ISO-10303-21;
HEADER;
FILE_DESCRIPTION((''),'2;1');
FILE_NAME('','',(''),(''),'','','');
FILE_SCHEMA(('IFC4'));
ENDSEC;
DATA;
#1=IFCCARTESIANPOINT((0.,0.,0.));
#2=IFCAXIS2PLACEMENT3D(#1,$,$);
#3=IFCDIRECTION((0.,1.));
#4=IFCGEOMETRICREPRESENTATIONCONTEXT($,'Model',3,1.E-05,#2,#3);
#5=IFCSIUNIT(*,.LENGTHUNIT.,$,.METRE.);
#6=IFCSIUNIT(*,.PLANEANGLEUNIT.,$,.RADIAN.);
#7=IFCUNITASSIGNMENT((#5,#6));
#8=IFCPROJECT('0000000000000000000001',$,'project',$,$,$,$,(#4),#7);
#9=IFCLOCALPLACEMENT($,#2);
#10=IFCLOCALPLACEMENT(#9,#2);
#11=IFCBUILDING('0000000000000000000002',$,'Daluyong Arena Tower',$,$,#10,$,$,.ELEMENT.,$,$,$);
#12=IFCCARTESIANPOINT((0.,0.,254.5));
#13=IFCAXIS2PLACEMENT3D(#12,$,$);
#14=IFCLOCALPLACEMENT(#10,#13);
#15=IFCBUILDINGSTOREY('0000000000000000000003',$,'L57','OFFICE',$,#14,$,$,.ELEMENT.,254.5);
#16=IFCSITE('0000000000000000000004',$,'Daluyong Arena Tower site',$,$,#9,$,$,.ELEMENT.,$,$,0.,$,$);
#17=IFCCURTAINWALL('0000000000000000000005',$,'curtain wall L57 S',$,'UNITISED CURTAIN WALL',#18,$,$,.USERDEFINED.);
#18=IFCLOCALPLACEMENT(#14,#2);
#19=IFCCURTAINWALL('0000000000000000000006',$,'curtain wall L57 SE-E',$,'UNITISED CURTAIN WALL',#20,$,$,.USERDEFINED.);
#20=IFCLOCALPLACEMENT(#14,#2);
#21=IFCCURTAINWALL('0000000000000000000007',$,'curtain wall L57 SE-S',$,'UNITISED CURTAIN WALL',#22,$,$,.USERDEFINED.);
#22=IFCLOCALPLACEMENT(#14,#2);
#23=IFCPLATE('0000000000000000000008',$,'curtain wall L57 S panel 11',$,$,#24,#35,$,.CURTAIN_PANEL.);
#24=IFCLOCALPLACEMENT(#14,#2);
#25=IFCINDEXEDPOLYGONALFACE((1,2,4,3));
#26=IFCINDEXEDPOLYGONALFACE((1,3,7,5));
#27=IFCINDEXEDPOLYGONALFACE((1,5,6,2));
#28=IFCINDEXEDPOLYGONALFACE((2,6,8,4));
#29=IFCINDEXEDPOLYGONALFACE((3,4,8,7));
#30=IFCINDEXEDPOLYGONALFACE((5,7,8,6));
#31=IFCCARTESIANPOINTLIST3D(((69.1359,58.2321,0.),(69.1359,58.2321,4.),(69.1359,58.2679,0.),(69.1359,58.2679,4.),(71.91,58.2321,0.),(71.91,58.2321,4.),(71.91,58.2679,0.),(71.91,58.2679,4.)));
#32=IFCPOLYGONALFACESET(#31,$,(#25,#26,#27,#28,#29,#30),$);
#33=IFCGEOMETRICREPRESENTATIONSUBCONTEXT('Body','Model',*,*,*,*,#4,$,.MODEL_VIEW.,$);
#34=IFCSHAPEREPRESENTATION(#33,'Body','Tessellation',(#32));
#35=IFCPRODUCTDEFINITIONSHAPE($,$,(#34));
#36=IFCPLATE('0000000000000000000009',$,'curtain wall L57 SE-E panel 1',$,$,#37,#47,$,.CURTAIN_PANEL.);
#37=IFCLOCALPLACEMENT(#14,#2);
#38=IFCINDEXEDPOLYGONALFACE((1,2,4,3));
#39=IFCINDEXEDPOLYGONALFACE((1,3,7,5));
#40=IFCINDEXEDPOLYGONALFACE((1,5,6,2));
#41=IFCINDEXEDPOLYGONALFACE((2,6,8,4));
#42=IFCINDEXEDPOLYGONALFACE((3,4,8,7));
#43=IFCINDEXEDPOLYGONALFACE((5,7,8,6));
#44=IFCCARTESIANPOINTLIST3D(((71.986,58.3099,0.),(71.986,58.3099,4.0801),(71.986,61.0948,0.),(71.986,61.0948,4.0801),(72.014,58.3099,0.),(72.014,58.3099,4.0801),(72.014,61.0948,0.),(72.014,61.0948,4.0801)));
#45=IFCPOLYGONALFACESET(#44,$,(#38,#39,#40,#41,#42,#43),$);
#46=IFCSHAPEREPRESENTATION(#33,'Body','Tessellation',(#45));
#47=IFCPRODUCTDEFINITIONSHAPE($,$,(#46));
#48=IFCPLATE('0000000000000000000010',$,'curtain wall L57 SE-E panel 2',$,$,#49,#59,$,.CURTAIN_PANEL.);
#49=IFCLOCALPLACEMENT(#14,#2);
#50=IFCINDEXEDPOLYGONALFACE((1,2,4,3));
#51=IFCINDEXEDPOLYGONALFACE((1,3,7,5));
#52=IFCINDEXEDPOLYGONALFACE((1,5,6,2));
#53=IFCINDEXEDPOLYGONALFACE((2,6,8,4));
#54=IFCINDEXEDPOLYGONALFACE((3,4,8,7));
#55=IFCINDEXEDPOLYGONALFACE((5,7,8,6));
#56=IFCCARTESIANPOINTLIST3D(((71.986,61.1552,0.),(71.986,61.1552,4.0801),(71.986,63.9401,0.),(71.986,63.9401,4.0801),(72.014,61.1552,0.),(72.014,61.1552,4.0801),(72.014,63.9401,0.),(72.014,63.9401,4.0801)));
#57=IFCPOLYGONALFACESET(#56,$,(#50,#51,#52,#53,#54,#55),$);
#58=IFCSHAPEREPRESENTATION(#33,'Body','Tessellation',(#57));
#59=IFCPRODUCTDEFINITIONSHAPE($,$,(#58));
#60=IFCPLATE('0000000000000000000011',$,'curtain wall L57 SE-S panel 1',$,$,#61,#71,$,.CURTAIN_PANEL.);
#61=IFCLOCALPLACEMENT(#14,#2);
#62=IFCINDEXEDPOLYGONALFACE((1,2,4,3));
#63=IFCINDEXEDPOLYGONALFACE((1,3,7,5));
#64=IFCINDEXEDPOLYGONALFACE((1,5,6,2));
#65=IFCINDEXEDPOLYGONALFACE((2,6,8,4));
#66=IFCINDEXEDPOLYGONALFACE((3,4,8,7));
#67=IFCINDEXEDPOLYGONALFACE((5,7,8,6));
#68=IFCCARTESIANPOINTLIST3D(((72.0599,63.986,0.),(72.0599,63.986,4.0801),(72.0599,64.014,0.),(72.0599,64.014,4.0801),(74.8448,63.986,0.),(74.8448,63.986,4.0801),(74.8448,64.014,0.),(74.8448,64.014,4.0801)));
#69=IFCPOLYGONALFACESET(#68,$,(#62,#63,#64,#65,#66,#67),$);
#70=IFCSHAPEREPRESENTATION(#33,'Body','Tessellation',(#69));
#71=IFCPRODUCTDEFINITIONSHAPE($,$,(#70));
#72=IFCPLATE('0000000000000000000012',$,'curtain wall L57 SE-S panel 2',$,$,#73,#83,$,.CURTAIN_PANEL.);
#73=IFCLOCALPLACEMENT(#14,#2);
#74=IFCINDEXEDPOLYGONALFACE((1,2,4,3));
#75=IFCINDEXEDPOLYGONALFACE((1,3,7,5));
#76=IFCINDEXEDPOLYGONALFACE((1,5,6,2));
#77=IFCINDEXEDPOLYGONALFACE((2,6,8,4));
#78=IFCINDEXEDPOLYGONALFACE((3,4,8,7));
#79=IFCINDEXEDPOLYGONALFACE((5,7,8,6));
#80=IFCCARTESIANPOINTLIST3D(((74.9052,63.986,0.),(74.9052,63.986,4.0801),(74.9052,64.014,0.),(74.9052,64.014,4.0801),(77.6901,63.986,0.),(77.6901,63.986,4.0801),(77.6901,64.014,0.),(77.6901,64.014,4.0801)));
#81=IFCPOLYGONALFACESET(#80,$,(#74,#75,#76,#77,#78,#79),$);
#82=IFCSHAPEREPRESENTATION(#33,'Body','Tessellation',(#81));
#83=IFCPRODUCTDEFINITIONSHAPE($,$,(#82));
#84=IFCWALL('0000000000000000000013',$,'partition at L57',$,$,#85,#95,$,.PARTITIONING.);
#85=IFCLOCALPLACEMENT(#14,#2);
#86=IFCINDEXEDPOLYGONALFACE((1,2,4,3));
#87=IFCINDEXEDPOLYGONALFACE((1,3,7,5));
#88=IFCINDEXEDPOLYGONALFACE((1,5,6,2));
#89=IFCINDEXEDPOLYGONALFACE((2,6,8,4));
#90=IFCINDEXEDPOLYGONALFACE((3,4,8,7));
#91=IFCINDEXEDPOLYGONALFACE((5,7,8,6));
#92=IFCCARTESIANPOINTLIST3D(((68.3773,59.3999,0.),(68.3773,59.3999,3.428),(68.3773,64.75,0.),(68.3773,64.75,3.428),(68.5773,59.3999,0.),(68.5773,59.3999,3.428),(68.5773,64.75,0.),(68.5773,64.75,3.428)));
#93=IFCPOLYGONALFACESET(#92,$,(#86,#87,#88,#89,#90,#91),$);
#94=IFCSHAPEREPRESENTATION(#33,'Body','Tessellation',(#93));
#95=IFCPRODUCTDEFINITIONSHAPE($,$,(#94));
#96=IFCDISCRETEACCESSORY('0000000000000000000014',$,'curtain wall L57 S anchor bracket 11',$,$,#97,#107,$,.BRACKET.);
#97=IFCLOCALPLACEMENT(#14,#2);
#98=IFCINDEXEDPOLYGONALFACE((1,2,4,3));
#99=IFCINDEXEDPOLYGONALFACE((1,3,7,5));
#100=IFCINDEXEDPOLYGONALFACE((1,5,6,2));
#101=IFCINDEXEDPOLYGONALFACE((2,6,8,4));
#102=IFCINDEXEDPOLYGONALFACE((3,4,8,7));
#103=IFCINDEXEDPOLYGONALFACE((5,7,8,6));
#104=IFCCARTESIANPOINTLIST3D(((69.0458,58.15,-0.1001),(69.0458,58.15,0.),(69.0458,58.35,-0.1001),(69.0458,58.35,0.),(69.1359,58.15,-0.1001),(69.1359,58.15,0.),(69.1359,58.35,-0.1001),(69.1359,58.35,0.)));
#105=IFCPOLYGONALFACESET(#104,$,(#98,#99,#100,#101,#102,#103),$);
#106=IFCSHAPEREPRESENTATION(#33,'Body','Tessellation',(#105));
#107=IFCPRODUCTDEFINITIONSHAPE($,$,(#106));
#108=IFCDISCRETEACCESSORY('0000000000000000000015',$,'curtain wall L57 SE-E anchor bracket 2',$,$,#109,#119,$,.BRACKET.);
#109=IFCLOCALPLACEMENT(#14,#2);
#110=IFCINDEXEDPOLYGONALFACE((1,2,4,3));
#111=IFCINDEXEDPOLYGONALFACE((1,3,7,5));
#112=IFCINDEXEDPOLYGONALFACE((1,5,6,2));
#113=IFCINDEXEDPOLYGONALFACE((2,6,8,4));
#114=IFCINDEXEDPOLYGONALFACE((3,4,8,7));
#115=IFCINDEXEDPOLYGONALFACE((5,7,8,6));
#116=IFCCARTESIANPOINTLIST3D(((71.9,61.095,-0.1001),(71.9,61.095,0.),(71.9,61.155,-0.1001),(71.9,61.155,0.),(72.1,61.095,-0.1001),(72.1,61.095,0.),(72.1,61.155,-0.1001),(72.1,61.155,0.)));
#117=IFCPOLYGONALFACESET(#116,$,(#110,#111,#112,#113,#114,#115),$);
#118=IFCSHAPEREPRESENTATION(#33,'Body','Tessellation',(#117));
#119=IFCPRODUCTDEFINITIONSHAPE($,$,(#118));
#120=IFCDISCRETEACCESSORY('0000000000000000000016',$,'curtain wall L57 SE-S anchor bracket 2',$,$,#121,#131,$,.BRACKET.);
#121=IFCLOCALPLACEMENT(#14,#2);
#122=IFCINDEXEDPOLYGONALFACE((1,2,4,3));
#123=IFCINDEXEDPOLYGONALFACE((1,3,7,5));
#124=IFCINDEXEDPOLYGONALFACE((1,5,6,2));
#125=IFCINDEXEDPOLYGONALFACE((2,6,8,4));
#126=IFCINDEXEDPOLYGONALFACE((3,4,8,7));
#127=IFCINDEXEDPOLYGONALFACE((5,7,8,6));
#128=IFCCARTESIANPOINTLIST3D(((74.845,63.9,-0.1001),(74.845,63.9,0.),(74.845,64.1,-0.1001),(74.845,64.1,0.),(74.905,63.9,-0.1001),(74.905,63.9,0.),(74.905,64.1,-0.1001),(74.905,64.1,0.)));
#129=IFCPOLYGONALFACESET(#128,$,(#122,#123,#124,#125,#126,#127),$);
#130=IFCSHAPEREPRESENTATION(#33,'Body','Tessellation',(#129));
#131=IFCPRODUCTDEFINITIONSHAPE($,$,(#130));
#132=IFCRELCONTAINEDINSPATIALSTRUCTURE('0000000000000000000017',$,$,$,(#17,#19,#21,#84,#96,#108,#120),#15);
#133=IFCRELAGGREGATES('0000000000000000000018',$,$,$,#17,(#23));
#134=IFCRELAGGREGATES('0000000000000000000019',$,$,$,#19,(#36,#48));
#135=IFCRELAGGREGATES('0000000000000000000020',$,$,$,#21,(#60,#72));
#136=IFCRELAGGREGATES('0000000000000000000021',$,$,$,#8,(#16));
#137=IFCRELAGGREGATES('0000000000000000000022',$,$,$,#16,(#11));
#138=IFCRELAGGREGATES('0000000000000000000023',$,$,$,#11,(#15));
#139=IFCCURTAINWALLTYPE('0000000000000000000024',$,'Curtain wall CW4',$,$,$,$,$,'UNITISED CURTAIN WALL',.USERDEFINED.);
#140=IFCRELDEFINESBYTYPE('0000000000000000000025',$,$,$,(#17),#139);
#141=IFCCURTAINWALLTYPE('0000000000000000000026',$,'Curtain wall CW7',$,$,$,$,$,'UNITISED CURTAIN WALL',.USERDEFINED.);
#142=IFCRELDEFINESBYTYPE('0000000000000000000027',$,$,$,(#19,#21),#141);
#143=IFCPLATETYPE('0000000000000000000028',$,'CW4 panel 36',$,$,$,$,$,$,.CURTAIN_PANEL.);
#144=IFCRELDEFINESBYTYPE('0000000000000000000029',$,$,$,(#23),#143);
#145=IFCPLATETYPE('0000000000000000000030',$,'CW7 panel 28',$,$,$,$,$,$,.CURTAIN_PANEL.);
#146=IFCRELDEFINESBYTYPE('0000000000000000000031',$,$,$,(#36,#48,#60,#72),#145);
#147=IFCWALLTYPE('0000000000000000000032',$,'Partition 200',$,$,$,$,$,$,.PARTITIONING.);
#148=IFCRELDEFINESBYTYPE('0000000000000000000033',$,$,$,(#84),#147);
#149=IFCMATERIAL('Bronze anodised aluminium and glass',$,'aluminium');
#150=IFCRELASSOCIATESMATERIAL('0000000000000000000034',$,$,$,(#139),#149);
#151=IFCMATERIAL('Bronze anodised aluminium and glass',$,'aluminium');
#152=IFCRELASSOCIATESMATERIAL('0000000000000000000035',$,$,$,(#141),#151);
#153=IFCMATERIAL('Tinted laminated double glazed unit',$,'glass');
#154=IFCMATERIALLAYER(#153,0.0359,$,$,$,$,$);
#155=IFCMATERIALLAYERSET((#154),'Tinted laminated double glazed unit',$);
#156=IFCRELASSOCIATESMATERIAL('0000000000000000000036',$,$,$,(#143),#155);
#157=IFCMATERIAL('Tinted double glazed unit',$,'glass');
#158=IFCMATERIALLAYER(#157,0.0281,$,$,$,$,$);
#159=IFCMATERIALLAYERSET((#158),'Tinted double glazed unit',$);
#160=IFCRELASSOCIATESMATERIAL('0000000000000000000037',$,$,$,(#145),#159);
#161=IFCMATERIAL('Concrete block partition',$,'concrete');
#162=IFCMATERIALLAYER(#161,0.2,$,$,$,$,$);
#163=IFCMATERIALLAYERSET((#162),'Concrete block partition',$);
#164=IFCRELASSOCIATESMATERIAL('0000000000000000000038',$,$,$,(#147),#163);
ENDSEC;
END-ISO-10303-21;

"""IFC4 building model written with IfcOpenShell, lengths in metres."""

from ifc_helpers import new_model, si_unit, direction, frame, frame_2d, origin, origin_2d, place, context, subcontext, project, spatial, rectangle, extrude, material, layer, layer_set, type_object, element, aggregate, save


model = new_model("IFC4")

# Units and contexts
model_context = context("Model", 3, precision=1e-05, world=origin(), true_north=direction((0.0, 1.0)))
body_context = subcontext(model_context, "Body", "Model", "MODEL_VIEW")
ifc_project = project(units=[si_unit("LENGTHUNIT", "METRE"), si_unit("PLANEANGLEUNIT", "RADIAN")], contexts=[model_context])

# Site, building, storey
site_placement = place(None, origin())
site = spatial("IfcSite", under=ifc_project, at=site_placement, Name="Daluyong Arena Tower site", CompositionType="ELEMENT", RefElevation=0.0)
building_placement = place(site_placement, origin())
building = spatial("IfcBuilding", under=site, at=building_placement, Name="Daluyong Arena Tower", CompositionType="ELEMENT")
storey_placement = place(building_placement, frame((0.0, 0.0, 254.5)))
storey = spatial("IfcBuildingStorey", under=building, at=storey_placement, Name="L57", Description="OFFICE", CompositionType="ELEMENT", Elevation=254.5)

# Curtain wall
ifc_material_1 = material(Name="Bronze anodised aluminium and glass", Category="aluminium")
curtain_wall_type_1 = type_object("IfcCurtainWallType", Name="Curtain wall CW4", ElementType="UNITISED CURTAIN WALL", PredefinedType="USERDEFINED", material=ifc_material_1)
curtain_wall_1_placement = place(storey_placement, origin())
curtain_wall_1 = element("IfcCurtainWall", 1, at=curtain_wall_1_placement, inside=storey, type_object=curtain_wall_type_1, Name="curtain wall L57 S", ObjectType="UNITISED CURTAIN WALL", PredefinedType="USERDEFINED")

# Curtain walls
ifc_material_2 = material(Name="Bronze anodised aluminium and glass", Category="aluminium")
curtain_wall_type_2 = type_object("IfcCurtainWallType", Name="Curtain wall CW7", ElementType="UNITISED CURTAIN WALL", PredefinedType="USERDEFINED", material=ifc_material_2)
curtain_wall_2_placement = place(storey_placement, origin())
curtain_wall_2 = element("IfcCurtainWall", 2, at=curtain_wall_2_placement, inside=storey, type_object=curtain_wall_type_2, Name="curtain wall L57 SE-E", ObjectType="UNITISED CURTAIN WALL", PredefinedType="USERDEFINED")
curtain_wall_3_placement = place(storey_placement, origin())
curtain_wall_3 = element("IfcCurtainWall", 3, at=curtain_wall_3_placement, inside=storey, type_object=curtain_wall_type_2, Name="curtain wall L57 SE-S", ObjectType="UNITISED CURTAIN WALL", PredefinedType="USERDEFINED")

# Plates
ifc_material_3 = material(Name="Tinted laminated double glazed unit", Category="glass")
ifc_layer_1 = layer(ifc_material_3, 0.0359)
ifc_layer_set_1 = layer_set([ifc_layer_1], Name="Tinted laminated double glazed unit")
plate_type_1 = type_object("IfcPlateType", Name="CW4 panel 36", PredefinedType="CURTAIN_PANEL", material=ifc_layer_set_1)
plate_1_placement = place(storey_placement, frame((70.5229, 58.25, 0.0), z_axis=(0.0, 0.0, 1.0), x_axis=(1.0, 0.0, 0.0)))
plate_1 = element("IfcPlate", 4, at=plate_1_placement, type_object=plate_type_1, Name="curtain wall L57 S panel 11", PredefinedType="CURTAIN_PANEL", context=body_context, shape_type="SweptSolid", body=[
    extrude(rectangle(XDim=2.7742, YDim=0.0359, at=origin_2d()), origin(), (0.0, 0.0, 1.0), 4.0),
])
aggregate(curtain_wall_1, [plate_1])
ifc_material_4 = material(Name="Tinted double glazed unit", Category="glass")
ifc_layer_2 = layer(ifc_material_4, 0.0281)
ifc_layer_set_2 = layer_set([ifc_layer_2], Name="Tinted double glazed unit")
plate_type_2 = type_object("IfcPlateType", Name="CW7 panel 28", PredefinedType="CURTAIN_PANEL", material=ifc_layer_set_2)
plate_2_placement = place(storey_placement, frame((72.0, 59.7024, 0.0), z_axis=(0.0, 0.0, 1.0), x_axis=(0.0, 1.0, 0.0)))
plate_2 = element("IfcPlate", 5, at=plate_2_placement, type_object=plate_type_2, Name="curtain wall L57 SE-E panel 1", PredefinedType="CURTAIN_PANEL", context=body_context, shape_type="SweptSolid", body=[
    extrude(rectangle(XDim=2.7849, YDim=0.0281, at=origin_2d()), origin(), (0.0, 0.0, 1.0), 4.0801),
])
plate_3_placement = place(storey_placement, frame((72.0, 62.5476, 0.0), z_axis=(0.0, 0.0, 1.0), x_axis=(0.0, 1.0, 0.0)))
plate_3 = element("IfcPlate", 6, at=plate_3_placement, type_object=plate_type_2, Name="curtain wall L57 SE-E panel 2", PredefinedType="CURTAIN_PANEL", context=body_context, shape_type="SweptSolid", body=[
    extrude(rectangle(XDim=2.7849, YDim=0.0281, at=origin_2d()), origin(), (0.0, 0.0, 1.0), 4.0801),
])
aggregate(curtain_wall_2, [plate_2, plate_3])
plate_4_placement = place(storey_placement, frame((73.4524, 64.0, 0.0), z_axis=(0.0, 0.0, 1.0), x_axis=(1.0, 0.0, 0.0)))
plate_4 = element("IfcPlate", 7, at=plate_4_placement, type_object=plate_type_2, Name="curtain wall L57 SE-S panel 1", PredefinedType="CURTAIN_PANEL", context=body_context, shape_type="SweptSolid", body=[
    extrude(rectangle(XDim=2.7849, YDim=0.0281, at=origin_2d()), origin(), (0.0, 0.0, 1.0), 4.0801),
])
plate_5_placement = place(storey_placement, frame((76.2976, 64.0, 0.0), z_axis=(0.0, 0.0, 1.0), x_axis=(1.0, 0.0, 0.0)))
plate_5 = element("IfcPlate", 8, at=plate_5_placement, type_object=plate_type_2, Name="curtain wall L57 SE-S panel 2", PredefinedType="CURTAIN_PANEL", context=body_context, shape_type="SweptSolid", body=[
    extrude(rectangle(XDim=2.7849, YDim=0.0281, at=origin_2d()), origin(), (0.0, 0.0, 1.0), 4.0801),
])
aggregate(curtain_wall_3, [plate_4, plate_5])

# Wall
ifc_material_5 = material(Name="Concrete block partition", Category="concrete")
ifc_layer_3 = layer(ifc_material_5, 0.2)
ifc_layer_set_3 = layer_set([ifc_layer_3], Name="Concrete block partition")
wall_type = type_object("IfcWallType", Name="Partition 200", PredefinedType="PARTITIONING", material=ifc_layer_set_3)
wall_placement = place(storey_placement, frame((68.4773, 59.3999, 0.0), z_axis=(0.0, 0.0, 1.0), x_axis=(0.0, 1.0, 0.0)))
element("IfcWall", 9, at=wall_placement, inside=storey, type_object=wall_type, Name="partition at L57", PredefinedType="PARTITIONING", context=body_context, shape_type="SweptSolid", body=[
    extrude(rectangle(XDim=5.3501, YDim=0.2, at=frame_2d((2.675, 0.0))), origin(), (0.0, 0.0, 1.0), 3.428),
])

# Discrete accessories
discrete_accessory_placement = place(storey_placement, frame((69.0908, 58.25, -0.1001), z_axis=(0.0, 0.0, 1.0), x_axis=(1.0, 0.0, 0.0)))
element("IfcDiscreteAccessory", 10, at=discrete_accessory_placement, inside=storey, Name="curtain wall L57 S anchor bracket 11", PredefinedType="BRACKET", context=body_context, shape_type="SweptSolid", body=[
    extrude(rectangle(XDim=0.0901, YDim=0.2, at=origin_2d()), origin(), (0.0, 0.0, 1.0), 0.1001),
])
for number, where, z_axis, x_axis, name in (
    (11, (72.0, 61.125, -0.1001), (0.0, 0.0, 1.0), (0.0, 1.0, 0.0), "curtain wall L57 SE-E anchor bracket 2"),
    (12, (74.875, 64.0, -0.1001), (0.0, 0.0, 1.0), (1.0, 0.0, 0.0), "curtain wall L57 SE-S anchor bracket 2"),
):
    element("IfcDiscreteAccessory", number, at=place(storey_placement, frame(where, z_axis=z_axis, x_axis=x_axis)), inside=storey, Name=name, PredefinedType="BRACKET", context=body_context, shape_type="SweptSolid", body=[
        extrude(rectangle(XDim=0.0601, YDim=0.2, at=origin_2d()), origin(), (0.0, 0.0, 1.0), 0.1001),
    ])

save(model, "model.ifc")
